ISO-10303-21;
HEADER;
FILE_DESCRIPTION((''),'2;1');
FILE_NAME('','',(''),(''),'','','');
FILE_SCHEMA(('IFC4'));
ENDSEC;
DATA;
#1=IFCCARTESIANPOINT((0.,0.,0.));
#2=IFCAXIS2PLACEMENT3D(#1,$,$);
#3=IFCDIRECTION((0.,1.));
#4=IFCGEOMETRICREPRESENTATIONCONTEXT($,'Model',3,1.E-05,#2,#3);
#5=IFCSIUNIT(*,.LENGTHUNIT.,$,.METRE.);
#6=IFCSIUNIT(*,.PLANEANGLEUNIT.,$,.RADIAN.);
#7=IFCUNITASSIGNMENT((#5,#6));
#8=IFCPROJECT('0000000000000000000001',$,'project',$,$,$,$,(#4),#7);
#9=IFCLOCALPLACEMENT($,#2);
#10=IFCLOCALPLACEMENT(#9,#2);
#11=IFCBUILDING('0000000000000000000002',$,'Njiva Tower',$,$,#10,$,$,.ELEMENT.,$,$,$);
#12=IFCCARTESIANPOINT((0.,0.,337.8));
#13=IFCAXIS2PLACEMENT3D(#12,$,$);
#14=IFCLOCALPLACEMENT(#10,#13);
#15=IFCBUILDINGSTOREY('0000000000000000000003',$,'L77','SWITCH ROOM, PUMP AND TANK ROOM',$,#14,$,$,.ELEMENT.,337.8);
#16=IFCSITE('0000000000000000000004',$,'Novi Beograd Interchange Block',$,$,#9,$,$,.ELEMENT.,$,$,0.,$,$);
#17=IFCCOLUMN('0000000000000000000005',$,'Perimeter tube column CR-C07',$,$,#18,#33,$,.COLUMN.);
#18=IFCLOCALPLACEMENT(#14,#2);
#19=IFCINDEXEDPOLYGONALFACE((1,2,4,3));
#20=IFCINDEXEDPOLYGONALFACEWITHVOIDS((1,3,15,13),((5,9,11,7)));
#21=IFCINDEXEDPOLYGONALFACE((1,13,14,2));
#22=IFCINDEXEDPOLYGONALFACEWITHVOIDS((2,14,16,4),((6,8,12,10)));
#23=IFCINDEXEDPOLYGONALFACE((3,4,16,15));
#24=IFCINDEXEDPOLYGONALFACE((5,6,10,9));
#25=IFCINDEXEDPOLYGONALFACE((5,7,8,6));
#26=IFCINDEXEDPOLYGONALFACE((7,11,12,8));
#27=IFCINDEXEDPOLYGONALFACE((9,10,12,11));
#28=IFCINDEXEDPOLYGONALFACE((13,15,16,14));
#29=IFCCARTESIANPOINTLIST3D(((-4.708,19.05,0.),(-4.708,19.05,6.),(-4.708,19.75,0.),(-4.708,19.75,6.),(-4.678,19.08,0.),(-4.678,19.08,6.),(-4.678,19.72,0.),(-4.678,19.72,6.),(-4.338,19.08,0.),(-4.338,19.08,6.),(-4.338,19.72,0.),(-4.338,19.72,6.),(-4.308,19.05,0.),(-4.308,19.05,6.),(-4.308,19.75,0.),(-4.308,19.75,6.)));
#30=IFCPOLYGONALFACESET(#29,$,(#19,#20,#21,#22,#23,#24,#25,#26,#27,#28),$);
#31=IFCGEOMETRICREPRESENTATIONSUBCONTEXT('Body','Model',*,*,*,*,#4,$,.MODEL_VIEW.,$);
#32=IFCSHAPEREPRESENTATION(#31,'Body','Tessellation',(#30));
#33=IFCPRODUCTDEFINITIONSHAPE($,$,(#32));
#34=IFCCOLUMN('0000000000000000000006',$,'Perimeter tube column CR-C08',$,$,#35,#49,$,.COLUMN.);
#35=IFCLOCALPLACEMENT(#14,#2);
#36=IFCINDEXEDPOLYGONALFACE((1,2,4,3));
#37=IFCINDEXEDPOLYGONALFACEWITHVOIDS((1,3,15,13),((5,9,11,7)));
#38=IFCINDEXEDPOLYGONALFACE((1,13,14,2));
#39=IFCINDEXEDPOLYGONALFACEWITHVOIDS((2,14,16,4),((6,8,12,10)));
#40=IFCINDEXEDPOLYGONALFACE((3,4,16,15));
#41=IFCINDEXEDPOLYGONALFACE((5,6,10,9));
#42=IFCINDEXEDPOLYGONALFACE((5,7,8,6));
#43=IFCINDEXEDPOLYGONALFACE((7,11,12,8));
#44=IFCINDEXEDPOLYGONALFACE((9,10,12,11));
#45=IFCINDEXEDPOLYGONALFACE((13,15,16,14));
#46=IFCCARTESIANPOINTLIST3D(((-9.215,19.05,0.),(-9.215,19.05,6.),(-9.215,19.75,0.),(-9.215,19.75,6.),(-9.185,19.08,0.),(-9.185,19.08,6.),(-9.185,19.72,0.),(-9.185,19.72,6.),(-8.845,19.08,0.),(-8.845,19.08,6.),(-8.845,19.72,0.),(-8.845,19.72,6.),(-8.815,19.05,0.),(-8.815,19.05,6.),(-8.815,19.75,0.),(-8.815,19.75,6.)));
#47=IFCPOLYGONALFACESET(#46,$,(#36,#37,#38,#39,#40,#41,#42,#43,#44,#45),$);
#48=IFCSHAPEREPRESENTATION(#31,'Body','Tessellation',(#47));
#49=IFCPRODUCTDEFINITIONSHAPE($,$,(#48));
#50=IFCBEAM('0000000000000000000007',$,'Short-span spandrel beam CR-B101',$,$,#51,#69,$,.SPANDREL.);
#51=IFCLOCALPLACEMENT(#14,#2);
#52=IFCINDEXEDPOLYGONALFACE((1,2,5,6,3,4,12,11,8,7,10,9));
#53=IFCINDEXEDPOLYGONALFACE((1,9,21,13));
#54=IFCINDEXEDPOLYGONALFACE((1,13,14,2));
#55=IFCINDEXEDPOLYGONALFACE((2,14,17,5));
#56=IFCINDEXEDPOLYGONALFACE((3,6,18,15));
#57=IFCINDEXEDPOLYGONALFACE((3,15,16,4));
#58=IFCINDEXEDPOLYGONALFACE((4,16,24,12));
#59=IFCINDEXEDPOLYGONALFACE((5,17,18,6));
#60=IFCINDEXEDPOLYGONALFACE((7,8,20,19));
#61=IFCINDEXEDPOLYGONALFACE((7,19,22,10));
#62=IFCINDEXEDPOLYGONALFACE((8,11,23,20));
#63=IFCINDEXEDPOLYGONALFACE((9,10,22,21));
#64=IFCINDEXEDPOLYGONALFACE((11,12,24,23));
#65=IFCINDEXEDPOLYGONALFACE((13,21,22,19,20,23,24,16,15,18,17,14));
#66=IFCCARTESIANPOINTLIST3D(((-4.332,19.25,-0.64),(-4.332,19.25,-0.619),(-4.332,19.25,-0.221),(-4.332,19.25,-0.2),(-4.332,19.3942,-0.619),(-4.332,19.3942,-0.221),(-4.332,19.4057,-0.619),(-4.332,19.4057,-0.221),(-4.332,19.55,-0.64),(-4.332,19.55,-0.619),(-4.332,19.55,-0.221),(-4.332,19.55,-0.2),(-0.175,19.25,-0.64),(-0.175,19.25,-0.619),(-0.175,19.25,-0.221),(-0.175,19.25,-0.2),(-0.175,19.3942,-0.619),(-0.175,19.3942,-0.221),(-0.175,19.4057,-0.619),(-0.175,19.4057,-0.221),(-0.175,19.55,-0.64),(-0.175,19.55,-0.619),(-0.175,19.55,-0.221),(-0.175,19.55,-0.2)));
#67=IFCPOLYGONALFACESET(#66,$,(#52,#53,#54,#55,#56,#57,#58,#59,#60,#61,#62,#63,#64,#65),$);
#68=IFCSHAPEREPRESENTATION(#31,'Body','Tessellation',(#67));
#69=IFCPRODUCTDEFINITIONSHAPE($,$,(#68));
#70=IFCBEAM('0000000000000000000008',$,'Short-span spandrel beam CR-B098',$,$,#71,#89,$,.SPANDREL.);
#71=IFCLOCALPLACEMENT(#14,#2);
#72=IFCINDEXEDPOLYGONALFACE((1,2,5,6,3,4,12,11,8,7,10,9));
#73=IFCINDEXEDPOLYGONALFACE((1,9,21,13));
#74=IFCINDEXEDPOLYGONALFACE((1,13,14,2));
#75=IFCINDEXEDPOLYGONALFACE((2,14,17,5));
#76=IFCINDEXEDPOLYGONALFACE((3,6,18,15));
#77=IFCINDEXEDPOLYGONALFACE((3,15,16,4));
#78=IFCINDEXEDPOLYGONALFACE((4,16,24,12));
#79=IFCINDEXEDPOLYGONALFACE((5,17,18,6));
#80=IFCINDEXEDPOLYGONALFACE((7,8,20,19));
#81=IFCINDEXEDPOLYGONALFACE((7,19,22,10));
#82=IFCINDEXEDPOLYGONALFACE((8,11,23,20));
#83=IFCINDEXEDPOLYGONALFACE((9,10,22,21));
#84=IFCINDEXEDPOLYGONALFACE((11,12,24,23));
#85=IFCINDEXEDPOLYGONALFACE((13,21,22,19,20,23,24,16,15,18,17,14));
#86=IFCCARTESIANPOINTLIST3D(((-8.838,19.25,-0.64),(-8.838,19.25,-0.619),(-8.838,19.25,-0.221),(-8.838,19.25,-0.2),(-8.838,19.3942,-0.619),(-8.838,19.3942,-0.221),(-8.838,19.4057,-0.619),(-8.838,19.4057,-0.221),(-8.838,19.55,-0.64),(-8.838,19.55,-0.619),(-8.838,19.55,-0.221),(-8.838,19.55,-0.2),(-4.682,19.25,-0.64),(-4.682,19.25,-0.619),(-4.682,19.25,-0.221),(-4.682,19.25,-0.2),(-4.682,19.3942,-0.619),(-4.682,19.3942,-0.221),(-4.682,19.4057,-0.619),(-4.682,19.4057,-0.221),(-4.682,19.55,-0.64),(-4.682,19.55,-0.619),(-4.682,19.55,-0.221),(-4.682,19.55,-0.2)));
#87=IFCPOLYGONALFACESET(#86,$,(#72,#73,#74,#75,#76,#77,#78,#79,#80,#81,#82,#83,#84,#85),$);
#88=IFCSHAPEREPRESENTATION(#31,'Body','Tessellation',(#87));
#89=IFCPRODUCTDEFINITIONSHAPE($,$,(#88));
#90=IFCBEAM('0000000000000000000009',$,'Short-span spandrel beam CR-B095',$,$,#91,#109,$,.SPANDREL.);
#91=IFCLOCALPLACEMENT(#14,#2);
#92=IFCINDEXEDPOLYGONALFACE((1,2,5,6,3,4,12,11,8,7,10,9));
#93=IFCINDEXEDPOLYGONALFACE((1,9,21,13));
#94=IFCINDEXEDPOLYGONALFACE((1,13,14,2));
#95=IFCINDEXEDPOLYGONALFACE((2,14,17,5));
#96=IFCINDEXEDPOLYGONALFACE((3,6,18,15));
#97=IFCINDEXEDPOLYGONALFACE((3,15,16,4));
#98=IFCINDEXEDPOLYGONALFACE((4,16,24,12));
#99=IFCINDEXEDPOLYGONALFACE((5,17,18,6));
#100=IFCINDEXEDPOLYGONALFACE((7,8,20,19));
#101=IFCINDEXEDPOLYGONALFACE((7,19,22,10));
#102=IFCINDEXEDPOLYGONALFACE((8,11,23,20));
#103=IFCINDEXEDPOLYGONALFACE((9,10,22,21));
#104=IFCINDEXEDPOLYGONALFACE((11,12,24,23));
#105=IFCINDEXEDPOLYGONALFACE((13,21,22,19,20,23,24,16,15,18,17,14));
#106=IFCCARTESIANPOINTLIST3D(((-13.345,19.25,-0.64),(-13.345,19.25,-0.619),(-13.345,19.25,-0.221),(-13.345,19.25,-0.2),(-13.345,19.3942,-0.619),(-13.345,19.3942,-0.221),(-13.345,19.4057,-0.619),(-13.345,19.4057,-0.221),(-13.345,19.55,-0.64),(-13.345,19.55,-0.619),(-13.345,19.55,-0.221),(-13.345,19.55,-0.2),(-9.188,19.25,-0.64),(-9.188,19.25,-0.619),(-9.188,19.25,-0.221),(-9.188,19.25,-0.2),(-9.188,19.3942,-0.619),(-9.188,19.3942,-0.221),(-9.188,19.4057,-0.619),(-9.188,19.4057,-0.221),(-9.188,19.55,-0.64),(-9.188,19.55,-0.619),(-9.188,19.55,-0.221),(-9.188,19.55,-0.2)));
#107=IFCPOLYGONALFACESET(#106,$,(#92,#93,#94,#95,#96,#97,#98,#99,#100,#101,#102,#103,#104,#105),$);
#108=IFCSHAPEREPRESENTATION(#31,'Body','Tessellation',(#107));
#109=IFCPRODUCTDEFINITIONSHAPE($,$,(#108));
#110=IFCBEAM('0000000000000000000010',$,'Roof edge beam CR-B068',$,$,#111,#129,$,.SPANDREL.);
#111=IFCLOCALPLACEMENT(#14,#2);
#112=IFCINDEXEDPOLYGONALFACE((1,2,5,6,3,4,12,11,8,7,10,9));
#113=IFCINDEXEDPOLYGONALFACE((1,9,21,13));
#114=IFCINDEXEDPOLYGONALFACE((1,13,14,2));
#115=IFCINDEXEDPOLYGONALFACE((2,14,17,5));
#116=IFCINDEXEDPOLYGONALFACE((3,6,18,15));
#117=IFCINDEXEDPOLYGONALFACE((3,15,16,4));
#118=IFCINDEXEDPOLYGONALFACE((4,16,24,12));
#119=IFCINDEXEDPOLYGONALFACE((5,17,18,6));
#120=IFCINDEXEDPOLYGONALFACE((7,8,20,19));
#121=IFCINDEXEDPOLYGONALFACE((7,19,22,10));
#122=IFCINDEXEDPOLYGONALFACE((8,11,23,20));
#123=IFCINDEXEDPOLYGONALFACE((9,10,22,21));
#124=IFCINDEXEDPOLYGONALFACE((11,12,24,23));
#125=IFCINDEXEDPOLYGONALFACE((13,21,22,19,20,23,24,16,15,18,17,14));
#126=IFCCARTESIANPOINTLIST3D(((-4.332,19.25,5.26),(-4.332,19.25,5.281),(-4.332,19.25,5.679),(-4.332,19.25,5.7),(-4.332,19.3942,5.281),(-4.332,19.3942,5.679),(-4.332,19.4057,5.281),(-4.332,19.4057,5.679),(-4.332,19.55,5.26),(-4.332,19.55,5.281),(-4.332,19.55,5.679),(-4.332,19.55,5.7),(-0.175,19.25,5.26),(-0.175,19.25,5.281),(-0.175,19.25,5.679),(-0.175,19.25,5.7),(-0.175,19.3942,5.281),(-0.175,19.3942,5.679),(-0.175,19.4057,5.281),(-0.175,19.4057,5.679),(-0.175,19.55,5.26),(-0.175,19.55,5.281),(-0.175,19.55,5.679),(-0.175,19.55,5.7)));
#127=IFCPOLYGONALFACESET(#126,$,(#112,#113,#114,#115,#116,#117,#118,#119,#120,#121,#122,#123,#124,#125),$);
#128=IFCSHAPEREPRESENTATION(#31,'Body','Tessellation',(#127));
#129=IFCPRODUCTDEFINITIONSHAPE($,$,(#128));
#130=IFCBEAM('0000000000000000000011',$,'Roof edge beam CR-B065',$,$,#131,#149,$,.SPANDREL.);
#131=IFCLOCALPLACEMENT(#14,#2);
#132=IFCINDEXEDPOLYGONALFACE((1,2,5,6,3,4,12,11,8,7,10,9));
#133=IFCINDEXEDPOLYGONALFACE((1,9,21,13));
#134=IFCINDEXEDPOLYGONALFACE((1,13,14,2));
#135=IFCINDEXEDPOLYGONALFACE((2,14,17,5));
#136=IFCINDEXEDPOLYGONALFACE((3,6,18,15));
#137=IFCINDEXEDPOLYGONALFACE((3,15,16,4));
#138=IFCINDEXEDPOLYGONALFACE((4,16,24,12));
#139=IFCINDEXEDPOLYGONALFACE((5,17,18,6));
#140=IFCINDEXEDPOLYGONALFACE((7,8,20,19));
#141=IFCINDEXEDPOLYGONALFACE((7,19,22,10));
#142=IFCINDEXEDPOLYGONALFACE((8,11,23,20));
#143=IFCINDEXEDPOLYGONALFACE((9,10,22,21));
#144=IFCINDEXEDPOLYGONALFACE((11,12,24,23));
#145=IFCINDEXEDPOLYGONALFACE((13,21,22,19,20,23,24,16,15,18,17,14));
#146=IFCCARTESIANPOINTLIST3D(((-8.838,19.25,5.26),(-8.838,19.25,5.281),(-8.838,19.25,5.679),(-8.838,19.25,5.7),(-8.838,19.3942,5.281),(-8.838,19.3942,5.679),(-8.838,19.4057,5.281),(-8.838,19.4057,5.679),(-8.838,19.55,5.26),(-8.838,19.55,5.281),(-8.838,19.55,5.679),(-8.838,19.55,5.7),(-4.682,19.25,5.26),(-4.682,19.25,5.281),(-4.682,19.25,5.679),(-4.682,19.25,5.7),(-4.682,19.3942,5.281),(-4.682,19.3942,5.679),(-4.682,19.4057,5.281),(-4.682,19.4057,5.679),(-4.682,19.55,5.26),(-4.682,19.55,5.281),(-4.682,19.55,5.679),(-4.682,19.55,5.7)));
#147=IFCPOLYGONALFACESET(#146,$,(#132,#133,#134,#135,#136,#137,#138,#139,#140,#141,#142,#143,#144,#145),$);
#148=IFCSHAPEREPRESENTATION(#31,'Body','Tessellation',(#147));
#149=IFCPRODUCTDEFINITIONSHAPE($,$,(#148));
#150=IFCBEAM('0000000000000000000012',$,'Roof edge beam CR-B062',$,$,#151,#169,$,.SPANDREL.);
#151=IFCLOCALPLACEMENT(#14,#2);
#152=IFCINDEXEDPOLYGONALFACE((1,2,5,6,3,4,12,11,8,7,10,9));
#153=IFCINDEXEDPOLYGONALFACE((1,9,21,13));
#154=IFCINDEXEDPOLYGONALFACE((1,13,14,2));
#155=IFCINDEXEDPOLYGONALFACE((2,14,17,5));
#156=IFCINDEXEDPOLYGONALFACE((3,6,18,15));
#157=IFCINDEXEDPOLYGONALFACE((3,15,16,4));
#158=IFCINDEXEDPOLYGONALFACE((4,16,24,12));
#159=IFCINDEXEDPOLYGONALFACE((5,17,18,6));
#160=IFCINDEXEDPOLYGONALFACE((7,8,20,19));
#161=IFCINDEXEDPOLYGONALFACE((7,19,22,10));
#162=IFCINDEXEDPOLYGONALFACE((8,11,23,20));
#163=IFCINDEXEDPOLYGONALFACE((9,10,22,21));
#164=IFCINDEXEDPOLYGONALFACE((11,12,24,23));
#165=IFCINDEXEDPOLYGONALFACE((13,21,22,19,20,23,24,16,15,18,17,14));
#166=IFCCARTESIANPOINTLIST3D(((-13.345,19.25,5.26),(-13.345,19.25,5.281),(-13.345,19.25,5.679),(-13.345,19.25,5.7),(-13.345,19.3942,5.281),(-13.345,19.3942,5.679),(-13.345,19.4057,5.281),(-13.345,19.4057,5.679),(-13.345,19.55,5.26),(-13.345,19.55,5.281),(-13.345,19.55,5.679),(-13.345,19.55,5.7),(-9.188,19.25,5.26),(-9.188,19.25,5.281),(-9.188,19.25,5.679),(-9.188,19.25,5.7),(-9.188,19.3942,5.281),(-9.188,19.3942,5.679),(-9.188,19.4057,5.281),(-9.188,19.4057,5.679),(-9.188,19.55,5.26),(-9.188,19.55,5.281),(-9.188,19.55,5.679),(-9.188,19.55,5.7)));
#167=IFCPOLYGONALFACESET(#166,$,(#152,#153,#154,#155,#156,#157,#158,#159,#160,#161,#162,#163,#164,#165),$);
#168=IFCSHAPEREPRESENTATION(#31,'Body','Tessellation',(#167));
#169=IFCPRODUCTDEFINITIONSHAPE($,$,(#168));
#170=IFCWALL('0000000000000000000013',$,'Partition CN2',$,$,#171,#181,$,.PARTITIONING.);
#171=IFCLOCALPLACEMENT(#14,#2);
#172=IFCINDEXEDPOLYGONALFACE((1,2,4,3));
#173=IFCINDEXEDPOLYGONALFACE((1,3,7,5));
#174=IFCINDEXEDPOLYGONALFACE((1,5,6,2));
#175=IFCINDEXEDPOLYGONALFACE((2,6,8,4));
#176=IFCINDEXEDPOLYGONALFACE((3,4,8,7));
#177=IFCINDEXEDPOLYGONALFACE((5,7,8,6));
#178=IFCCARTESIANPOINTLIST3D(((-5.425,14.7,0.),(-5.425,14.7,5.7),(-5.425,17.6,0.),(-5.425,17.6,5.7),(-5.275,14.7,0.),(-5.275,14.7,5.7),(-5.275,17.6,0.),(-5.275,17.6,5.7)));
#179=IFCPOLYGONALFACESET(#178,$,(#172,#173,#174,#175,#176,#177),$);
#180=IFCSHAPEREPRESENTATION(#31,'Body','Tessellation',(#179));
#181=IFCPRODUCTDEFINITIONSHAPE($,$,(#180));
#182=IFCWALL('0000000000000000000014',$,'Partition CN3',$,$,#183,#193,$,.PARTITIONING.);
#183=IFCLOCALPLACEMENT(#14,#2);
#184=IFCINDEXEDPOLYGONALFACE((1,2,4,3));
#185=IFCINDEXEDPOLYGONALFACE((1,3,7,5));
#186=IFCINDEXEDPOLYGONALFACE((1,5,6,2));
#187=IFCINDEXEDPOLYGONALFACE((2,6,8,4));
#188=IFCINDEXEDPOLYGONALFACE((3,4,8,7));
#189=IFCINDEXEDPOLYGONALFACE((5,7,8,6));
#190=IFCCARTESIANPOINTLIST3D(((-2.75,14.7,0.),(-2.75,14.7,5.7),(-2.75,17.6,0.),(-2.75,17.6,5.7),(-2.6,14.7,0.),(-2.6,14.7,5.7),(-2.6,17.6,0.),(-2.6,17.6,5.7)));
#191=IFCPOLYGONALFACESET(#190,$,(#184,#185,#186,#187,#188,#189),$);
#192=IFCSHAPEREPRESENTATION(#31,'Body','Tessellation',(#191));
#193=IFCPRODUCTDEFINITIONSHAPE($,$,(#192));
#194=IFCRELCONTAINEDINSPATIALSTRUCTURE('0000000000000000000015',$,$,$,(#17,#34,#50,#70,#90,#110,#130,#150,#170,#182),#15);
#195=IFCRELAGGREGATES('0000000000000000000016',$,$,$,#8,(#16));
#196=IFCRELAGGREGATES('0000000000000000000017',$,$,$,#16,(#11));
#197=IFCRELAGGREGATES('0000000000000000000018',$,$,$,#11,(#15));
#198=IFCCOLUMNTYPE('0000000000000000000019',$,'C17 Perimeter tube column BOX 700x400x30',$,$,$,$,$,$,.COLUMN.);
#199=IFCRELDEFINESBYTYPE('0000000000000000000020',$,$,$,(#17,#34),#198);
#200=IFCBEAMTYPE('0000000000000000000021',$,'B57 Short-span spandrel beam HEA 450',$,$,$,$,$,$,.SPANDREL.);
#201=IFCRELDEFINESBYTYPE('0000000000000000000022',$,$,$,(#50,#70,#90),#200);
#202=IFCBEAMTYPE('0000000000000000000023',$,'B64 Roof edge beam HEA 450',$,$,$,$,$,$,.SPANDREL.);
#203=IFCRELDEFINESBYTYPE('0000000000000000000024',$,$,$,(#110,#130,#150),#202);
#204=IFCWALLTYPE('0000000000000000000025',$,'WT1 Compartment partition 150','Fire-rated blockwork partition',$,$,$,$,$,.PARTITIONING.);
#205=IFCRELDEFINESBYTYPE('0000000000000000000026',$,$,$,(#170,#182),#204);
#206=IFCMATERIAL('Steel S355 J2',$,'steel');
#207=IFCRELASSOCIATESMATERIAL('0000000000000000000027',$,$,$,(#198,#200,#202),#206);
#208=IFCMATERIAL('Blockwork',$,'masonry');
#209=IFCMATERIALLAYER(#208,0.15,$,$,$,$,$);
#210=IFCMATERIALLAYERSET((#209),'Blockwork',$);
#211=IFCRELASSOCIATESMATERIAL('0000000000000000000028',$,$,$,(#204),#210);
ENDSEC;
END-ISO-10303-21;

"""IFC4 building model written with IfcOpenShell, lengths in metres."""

from ifc_helpers import new_model, si_unit, direction, frame, frame_2d, origin, origin_2d, place, context, subcontext, project, spatial, rectangle, hollow_rectangle, i_section, extrude, material, layer, layer_set, material_profile, profile_set, type_object, element, save


model = new_model("IFC4")

# Units and contexts
model_context = context("Model", 3, precision=1e-05, world=origin(), true_north=direction((0.0, 1.0)))
body_context = subcontext(model_context, "Body", "Model", "MODEL_VIEW")
ifc_project = project(units=[si_unit("LENGTHUNIT", "METRE"), si_unit("PLANEANGLEUNIT", "RADIAN")], contexts=[model_context])

# Site, building, storey
site_placement = place(None, origin())
site = spatial("IfcSite", under=ifc_project, at=site_placement, Name="Novi Beograd Interchange Block", CompositionType="ELEMENT", RefElevation=0.0)
building_placement = place(site_placement, origin())
building = spatial("IfcBuilding", under=site, at=building_placement, Name="Njiva Tower", CompositionType="ELEMENT")
storey_placement = place(building_placement, frame((0.0, 0.0, 337.8)))
storey = spatial("IfcBuildingStorey", under=building, at=storey_placement, Name="L77", Description="SWITCH ROOM, PUMP AND TANK ROOM", CompositionType="ELEMENT", Elevation=337.8)

# Columns
ifc_material_1 = material(Name="Steel S355 J2", Category="steel")
ifc_material_profile_1 = material_profile(ifc_material_1, hollow_rectangle(XDim=0.4, YDim=0.7, WallThickness=0.03, at=origin_2d()), Name="BOX 700x400x30")
ifc_profile_set_1 = profile_set([ifc_material_profile_1], Name="Steel S355 J2")
column_type = type_object("IfcColumnType", Name="C17 Perimeter tube column BOX 700x400x30", PredefinedType="COLUMN", material=ifc_profile_set_1)
for number, where, z_axis, x_axis, name in (
    (1, (-4.508, 19.4, 0.0), (0.0, 0.0, 1.0), (-1.0, 0.0, 0.0), "Perimeter tube column CR-C07"),
    (2, (-9.015, 19.4, 0.0), (0.0, 0.0, 1.0), (-1.0, 0.0, 0.0), "Perimeter tube column CR-C08"),
):
    element("IfcColumn", number, at=place(storey_placement, frame(where, z_axis=z_axis, x_axis=x_axis)), inside=storey, type_object=column_type, Name=name, PredefinedType="COLUMN", context=body_context, shape_type="SweptSolid", body=[
        extrude(hollow_rectangle(XDim=0.4, YDim=0.7, WallThickness=0.03, at=origin_2d()), origin(), (0.0, 0.0, 1.0), 6.0),
    ])

# Beams
ifc_material_profile_2 = material_profile(ifc_material_1, i_section(OverallWidth=0.3, OverallDepth=0.44, WebThickness=0.0115, FlangeThickness=0.021, at=origin_2d()), Name="HEA 450")
ifc_profile_set_2 = profile_set([ifc_material_profile_2], Name="Steel S355 J2")
beam_type_1 = type_object("IfcBeamType", Name="B57 Short-span spandrel beam HEA 450", PredefinedType="SPANDREL", material=ifc_profile_set_2)
beam_1_placement = place(storey_placement, frame((-0.175, 19.4, -0.42), z_axis=(-1.0, 0.0, 0.0), x_axis=(0.0, -1.0, 0.0)))
element("IfcBeam", 3, at=beam_1_placement, inside=storey, type_object=beam_type_1, Name="Short-span spandrel beam CR-B101", PredefinedType="SPANDREL", context=body_context, shape_type="SweptSolid", body=[
    extrude(i_section(OverallWidth=0.3, OverallDepth=0.44, WebThickness=0.0115, FlangeThickness=0.021, at=origin_2d()), origin(), (0.0, 0.0, 1.0), 4.157),
])
beam_2_placement = place(storey_placement, frame((-4.682, 19.4, -0.42), z_axis=(-1.0, 0.0, 0.0), x_axis=(0.0, -1.0, 0.0)))
element("IfcBeam", 4, at=beam_2_placement, inside=storey, type_object=beam_type_1, Name="Short-span spandrel beam CR-B098", PredefinedType="SPANDREL", context=body_context, shape_type="SweptSolid", body=[
    extrude(i_section(OverallWidth=0.3, OverallDepth=0.44, WebThickness=0.0115, FlangeThickness=0.021, at=origin_2d()), origin(), (0.0, 0.0, 1.0), 4.156),
])
beam_3_placement = place(storey_placement, frame((-9.188, 19.4, -0.42), z_axis=(-1.0, 0.0, 0.0), x_axis=(0.0, -1.0, 0.0)))
element("IfcBeam", 5, at=beam_3_placement, inside=storey, type_object=beam_type_1, Name="Short-span spandrel beam CR-B095", PredefinedType="SPANDREL", context=body_context, shape_type="SweptSolid", body=[
    extrude(i_section(OverallWidth=0.3, OverallDepth=0.44, WebThickness=0.0115, FlangeThickness=0.021, at=origin_2d()), origin(), (0.0, 0.0, 1.0), 4.157),
])
ifc_material_profile_3 = material_profile(ifc_material_1, i_section(OverallWidth=0.3, OverallDepth=0.44, WebThickness=0.0115, FlangeThickness=0.021, at=origin_2d()), Name="HEA 450")
ifc_profile_set_3 = profile_set([ifc_material_profile_3], Name="Steel S355 J2")
beam_type_2 = type_object("IfcBeamType", Name="B64 Roof edge beam HEA 450", PredefinedType="SPANDREL", material=ifc_profile_set_3)
beam_4_placement = place(storey_placement, frame((-0.175, 19.4, 5.48), z_axis=(-1.0, 0.0, 0.0), x_axis=(0.0, -1.0, 0.0)))
element("IfcBeam", 6, at=beam_4_placement, inside=storey, type_object=beam_type_2, Name="Roof edge beam CR-B068", PredefinedType="SPANDREL", context=body_context, shape_type="SweptSolid", body=[
    extrude(i_section(OverallWidth=0.3, OverallDepth=0.44, WebThickness=0.0115, FlangeThickness=0.021, at=origin_2d()), origin(), (0.0, 0.0, 1.0), 4.157),
])
beam_5_placement = place(storey_placement, frame((-4.682, 19.4, 5.48), z_axis=(-1.0, 0.0, 0.0), x_axis=(0.0, -1.0, 0.0)))
element("IfcBeam", 7, at=beam_5_placement, inside=storey, type_object=beam_type_2, Name="Roof edge beam CR-B065", PredefinedType="SPANDREL", context=body_context, shape_type="SweptSolid", body=[
    extrude(i_section(OverallWidth=0.3, OverallDepth=0.44, WebThickness=0.0115, FlangeThickness=0.021, at=origin_2d()), origin(), (0.0, 0.0, 1.0), 4.156),
])
beam_6_placement = place(storey_placement, frame((-9.188, 19.4, 5.48), z_axis=(-1.0, 0.0, 0.0), x_axis=(0.0, -1.0, 0.0)))
element("IfcBeam", 8, at=beam_6_placement, inside=storey, type_object=beam_type_2, Name="Roof edge beam CR-B062", PredefinedType="SPANDREL", context=body_context, shape_type="SweptSolid", body=[
    extrude(i_section(OverallWidth=0.3, OverallDepth=0.44, WebThickness=0.0115, FlangeThickness=0.021, at=origin_2d()), origin(), (0.0, 0.0, 1.0), 4.157),
])

# Walls
ifc_material_2 = material(Name="Blockwork", Category="masonry")
ifc_layer_1 = layer(ifc_material_2, 0.15)
ifc_layer_set_1 = layer_set([ifc_layer_1], Name="Blockwork")
wall_type_1 = type_object("IfcWallType", Name="WT1 Compartment partition 150", Description="Fire-rated blockwork partition", PredefinedType="PARTITIONING", material=ifc_layer_set_1)
for number, where, z_axis, x_axis, name in (
    (9, (-5.35, 14.7, 0.0), (0.0, 0.0, 1.0), (0.0, 1.0, 0.0), "Partition CN2"),
    (10, (-2.675, 14.7, 0.0), (0.0, 0.0, 1.0), (0.0, 1.0, 0.0), "Partition CN3"),
):
    element("IfcWall", number, at=place(storey_placement, frame(where, z_axis=z_axis, x_axis=x_axis)), inside=storey, type_object=wall_type_1, Name=name, PredefinedType="PARTITIONING", context=body_context, shape_type="SweptSolid", body=[
        extrude(rectangle(XDim=2.9, YDim=0.15, at=frame_2d((1.45, 0.0))), origin(), (0.0, 0.0, 1.0), 5.7),
    ])

save(model, "model.ifc")
